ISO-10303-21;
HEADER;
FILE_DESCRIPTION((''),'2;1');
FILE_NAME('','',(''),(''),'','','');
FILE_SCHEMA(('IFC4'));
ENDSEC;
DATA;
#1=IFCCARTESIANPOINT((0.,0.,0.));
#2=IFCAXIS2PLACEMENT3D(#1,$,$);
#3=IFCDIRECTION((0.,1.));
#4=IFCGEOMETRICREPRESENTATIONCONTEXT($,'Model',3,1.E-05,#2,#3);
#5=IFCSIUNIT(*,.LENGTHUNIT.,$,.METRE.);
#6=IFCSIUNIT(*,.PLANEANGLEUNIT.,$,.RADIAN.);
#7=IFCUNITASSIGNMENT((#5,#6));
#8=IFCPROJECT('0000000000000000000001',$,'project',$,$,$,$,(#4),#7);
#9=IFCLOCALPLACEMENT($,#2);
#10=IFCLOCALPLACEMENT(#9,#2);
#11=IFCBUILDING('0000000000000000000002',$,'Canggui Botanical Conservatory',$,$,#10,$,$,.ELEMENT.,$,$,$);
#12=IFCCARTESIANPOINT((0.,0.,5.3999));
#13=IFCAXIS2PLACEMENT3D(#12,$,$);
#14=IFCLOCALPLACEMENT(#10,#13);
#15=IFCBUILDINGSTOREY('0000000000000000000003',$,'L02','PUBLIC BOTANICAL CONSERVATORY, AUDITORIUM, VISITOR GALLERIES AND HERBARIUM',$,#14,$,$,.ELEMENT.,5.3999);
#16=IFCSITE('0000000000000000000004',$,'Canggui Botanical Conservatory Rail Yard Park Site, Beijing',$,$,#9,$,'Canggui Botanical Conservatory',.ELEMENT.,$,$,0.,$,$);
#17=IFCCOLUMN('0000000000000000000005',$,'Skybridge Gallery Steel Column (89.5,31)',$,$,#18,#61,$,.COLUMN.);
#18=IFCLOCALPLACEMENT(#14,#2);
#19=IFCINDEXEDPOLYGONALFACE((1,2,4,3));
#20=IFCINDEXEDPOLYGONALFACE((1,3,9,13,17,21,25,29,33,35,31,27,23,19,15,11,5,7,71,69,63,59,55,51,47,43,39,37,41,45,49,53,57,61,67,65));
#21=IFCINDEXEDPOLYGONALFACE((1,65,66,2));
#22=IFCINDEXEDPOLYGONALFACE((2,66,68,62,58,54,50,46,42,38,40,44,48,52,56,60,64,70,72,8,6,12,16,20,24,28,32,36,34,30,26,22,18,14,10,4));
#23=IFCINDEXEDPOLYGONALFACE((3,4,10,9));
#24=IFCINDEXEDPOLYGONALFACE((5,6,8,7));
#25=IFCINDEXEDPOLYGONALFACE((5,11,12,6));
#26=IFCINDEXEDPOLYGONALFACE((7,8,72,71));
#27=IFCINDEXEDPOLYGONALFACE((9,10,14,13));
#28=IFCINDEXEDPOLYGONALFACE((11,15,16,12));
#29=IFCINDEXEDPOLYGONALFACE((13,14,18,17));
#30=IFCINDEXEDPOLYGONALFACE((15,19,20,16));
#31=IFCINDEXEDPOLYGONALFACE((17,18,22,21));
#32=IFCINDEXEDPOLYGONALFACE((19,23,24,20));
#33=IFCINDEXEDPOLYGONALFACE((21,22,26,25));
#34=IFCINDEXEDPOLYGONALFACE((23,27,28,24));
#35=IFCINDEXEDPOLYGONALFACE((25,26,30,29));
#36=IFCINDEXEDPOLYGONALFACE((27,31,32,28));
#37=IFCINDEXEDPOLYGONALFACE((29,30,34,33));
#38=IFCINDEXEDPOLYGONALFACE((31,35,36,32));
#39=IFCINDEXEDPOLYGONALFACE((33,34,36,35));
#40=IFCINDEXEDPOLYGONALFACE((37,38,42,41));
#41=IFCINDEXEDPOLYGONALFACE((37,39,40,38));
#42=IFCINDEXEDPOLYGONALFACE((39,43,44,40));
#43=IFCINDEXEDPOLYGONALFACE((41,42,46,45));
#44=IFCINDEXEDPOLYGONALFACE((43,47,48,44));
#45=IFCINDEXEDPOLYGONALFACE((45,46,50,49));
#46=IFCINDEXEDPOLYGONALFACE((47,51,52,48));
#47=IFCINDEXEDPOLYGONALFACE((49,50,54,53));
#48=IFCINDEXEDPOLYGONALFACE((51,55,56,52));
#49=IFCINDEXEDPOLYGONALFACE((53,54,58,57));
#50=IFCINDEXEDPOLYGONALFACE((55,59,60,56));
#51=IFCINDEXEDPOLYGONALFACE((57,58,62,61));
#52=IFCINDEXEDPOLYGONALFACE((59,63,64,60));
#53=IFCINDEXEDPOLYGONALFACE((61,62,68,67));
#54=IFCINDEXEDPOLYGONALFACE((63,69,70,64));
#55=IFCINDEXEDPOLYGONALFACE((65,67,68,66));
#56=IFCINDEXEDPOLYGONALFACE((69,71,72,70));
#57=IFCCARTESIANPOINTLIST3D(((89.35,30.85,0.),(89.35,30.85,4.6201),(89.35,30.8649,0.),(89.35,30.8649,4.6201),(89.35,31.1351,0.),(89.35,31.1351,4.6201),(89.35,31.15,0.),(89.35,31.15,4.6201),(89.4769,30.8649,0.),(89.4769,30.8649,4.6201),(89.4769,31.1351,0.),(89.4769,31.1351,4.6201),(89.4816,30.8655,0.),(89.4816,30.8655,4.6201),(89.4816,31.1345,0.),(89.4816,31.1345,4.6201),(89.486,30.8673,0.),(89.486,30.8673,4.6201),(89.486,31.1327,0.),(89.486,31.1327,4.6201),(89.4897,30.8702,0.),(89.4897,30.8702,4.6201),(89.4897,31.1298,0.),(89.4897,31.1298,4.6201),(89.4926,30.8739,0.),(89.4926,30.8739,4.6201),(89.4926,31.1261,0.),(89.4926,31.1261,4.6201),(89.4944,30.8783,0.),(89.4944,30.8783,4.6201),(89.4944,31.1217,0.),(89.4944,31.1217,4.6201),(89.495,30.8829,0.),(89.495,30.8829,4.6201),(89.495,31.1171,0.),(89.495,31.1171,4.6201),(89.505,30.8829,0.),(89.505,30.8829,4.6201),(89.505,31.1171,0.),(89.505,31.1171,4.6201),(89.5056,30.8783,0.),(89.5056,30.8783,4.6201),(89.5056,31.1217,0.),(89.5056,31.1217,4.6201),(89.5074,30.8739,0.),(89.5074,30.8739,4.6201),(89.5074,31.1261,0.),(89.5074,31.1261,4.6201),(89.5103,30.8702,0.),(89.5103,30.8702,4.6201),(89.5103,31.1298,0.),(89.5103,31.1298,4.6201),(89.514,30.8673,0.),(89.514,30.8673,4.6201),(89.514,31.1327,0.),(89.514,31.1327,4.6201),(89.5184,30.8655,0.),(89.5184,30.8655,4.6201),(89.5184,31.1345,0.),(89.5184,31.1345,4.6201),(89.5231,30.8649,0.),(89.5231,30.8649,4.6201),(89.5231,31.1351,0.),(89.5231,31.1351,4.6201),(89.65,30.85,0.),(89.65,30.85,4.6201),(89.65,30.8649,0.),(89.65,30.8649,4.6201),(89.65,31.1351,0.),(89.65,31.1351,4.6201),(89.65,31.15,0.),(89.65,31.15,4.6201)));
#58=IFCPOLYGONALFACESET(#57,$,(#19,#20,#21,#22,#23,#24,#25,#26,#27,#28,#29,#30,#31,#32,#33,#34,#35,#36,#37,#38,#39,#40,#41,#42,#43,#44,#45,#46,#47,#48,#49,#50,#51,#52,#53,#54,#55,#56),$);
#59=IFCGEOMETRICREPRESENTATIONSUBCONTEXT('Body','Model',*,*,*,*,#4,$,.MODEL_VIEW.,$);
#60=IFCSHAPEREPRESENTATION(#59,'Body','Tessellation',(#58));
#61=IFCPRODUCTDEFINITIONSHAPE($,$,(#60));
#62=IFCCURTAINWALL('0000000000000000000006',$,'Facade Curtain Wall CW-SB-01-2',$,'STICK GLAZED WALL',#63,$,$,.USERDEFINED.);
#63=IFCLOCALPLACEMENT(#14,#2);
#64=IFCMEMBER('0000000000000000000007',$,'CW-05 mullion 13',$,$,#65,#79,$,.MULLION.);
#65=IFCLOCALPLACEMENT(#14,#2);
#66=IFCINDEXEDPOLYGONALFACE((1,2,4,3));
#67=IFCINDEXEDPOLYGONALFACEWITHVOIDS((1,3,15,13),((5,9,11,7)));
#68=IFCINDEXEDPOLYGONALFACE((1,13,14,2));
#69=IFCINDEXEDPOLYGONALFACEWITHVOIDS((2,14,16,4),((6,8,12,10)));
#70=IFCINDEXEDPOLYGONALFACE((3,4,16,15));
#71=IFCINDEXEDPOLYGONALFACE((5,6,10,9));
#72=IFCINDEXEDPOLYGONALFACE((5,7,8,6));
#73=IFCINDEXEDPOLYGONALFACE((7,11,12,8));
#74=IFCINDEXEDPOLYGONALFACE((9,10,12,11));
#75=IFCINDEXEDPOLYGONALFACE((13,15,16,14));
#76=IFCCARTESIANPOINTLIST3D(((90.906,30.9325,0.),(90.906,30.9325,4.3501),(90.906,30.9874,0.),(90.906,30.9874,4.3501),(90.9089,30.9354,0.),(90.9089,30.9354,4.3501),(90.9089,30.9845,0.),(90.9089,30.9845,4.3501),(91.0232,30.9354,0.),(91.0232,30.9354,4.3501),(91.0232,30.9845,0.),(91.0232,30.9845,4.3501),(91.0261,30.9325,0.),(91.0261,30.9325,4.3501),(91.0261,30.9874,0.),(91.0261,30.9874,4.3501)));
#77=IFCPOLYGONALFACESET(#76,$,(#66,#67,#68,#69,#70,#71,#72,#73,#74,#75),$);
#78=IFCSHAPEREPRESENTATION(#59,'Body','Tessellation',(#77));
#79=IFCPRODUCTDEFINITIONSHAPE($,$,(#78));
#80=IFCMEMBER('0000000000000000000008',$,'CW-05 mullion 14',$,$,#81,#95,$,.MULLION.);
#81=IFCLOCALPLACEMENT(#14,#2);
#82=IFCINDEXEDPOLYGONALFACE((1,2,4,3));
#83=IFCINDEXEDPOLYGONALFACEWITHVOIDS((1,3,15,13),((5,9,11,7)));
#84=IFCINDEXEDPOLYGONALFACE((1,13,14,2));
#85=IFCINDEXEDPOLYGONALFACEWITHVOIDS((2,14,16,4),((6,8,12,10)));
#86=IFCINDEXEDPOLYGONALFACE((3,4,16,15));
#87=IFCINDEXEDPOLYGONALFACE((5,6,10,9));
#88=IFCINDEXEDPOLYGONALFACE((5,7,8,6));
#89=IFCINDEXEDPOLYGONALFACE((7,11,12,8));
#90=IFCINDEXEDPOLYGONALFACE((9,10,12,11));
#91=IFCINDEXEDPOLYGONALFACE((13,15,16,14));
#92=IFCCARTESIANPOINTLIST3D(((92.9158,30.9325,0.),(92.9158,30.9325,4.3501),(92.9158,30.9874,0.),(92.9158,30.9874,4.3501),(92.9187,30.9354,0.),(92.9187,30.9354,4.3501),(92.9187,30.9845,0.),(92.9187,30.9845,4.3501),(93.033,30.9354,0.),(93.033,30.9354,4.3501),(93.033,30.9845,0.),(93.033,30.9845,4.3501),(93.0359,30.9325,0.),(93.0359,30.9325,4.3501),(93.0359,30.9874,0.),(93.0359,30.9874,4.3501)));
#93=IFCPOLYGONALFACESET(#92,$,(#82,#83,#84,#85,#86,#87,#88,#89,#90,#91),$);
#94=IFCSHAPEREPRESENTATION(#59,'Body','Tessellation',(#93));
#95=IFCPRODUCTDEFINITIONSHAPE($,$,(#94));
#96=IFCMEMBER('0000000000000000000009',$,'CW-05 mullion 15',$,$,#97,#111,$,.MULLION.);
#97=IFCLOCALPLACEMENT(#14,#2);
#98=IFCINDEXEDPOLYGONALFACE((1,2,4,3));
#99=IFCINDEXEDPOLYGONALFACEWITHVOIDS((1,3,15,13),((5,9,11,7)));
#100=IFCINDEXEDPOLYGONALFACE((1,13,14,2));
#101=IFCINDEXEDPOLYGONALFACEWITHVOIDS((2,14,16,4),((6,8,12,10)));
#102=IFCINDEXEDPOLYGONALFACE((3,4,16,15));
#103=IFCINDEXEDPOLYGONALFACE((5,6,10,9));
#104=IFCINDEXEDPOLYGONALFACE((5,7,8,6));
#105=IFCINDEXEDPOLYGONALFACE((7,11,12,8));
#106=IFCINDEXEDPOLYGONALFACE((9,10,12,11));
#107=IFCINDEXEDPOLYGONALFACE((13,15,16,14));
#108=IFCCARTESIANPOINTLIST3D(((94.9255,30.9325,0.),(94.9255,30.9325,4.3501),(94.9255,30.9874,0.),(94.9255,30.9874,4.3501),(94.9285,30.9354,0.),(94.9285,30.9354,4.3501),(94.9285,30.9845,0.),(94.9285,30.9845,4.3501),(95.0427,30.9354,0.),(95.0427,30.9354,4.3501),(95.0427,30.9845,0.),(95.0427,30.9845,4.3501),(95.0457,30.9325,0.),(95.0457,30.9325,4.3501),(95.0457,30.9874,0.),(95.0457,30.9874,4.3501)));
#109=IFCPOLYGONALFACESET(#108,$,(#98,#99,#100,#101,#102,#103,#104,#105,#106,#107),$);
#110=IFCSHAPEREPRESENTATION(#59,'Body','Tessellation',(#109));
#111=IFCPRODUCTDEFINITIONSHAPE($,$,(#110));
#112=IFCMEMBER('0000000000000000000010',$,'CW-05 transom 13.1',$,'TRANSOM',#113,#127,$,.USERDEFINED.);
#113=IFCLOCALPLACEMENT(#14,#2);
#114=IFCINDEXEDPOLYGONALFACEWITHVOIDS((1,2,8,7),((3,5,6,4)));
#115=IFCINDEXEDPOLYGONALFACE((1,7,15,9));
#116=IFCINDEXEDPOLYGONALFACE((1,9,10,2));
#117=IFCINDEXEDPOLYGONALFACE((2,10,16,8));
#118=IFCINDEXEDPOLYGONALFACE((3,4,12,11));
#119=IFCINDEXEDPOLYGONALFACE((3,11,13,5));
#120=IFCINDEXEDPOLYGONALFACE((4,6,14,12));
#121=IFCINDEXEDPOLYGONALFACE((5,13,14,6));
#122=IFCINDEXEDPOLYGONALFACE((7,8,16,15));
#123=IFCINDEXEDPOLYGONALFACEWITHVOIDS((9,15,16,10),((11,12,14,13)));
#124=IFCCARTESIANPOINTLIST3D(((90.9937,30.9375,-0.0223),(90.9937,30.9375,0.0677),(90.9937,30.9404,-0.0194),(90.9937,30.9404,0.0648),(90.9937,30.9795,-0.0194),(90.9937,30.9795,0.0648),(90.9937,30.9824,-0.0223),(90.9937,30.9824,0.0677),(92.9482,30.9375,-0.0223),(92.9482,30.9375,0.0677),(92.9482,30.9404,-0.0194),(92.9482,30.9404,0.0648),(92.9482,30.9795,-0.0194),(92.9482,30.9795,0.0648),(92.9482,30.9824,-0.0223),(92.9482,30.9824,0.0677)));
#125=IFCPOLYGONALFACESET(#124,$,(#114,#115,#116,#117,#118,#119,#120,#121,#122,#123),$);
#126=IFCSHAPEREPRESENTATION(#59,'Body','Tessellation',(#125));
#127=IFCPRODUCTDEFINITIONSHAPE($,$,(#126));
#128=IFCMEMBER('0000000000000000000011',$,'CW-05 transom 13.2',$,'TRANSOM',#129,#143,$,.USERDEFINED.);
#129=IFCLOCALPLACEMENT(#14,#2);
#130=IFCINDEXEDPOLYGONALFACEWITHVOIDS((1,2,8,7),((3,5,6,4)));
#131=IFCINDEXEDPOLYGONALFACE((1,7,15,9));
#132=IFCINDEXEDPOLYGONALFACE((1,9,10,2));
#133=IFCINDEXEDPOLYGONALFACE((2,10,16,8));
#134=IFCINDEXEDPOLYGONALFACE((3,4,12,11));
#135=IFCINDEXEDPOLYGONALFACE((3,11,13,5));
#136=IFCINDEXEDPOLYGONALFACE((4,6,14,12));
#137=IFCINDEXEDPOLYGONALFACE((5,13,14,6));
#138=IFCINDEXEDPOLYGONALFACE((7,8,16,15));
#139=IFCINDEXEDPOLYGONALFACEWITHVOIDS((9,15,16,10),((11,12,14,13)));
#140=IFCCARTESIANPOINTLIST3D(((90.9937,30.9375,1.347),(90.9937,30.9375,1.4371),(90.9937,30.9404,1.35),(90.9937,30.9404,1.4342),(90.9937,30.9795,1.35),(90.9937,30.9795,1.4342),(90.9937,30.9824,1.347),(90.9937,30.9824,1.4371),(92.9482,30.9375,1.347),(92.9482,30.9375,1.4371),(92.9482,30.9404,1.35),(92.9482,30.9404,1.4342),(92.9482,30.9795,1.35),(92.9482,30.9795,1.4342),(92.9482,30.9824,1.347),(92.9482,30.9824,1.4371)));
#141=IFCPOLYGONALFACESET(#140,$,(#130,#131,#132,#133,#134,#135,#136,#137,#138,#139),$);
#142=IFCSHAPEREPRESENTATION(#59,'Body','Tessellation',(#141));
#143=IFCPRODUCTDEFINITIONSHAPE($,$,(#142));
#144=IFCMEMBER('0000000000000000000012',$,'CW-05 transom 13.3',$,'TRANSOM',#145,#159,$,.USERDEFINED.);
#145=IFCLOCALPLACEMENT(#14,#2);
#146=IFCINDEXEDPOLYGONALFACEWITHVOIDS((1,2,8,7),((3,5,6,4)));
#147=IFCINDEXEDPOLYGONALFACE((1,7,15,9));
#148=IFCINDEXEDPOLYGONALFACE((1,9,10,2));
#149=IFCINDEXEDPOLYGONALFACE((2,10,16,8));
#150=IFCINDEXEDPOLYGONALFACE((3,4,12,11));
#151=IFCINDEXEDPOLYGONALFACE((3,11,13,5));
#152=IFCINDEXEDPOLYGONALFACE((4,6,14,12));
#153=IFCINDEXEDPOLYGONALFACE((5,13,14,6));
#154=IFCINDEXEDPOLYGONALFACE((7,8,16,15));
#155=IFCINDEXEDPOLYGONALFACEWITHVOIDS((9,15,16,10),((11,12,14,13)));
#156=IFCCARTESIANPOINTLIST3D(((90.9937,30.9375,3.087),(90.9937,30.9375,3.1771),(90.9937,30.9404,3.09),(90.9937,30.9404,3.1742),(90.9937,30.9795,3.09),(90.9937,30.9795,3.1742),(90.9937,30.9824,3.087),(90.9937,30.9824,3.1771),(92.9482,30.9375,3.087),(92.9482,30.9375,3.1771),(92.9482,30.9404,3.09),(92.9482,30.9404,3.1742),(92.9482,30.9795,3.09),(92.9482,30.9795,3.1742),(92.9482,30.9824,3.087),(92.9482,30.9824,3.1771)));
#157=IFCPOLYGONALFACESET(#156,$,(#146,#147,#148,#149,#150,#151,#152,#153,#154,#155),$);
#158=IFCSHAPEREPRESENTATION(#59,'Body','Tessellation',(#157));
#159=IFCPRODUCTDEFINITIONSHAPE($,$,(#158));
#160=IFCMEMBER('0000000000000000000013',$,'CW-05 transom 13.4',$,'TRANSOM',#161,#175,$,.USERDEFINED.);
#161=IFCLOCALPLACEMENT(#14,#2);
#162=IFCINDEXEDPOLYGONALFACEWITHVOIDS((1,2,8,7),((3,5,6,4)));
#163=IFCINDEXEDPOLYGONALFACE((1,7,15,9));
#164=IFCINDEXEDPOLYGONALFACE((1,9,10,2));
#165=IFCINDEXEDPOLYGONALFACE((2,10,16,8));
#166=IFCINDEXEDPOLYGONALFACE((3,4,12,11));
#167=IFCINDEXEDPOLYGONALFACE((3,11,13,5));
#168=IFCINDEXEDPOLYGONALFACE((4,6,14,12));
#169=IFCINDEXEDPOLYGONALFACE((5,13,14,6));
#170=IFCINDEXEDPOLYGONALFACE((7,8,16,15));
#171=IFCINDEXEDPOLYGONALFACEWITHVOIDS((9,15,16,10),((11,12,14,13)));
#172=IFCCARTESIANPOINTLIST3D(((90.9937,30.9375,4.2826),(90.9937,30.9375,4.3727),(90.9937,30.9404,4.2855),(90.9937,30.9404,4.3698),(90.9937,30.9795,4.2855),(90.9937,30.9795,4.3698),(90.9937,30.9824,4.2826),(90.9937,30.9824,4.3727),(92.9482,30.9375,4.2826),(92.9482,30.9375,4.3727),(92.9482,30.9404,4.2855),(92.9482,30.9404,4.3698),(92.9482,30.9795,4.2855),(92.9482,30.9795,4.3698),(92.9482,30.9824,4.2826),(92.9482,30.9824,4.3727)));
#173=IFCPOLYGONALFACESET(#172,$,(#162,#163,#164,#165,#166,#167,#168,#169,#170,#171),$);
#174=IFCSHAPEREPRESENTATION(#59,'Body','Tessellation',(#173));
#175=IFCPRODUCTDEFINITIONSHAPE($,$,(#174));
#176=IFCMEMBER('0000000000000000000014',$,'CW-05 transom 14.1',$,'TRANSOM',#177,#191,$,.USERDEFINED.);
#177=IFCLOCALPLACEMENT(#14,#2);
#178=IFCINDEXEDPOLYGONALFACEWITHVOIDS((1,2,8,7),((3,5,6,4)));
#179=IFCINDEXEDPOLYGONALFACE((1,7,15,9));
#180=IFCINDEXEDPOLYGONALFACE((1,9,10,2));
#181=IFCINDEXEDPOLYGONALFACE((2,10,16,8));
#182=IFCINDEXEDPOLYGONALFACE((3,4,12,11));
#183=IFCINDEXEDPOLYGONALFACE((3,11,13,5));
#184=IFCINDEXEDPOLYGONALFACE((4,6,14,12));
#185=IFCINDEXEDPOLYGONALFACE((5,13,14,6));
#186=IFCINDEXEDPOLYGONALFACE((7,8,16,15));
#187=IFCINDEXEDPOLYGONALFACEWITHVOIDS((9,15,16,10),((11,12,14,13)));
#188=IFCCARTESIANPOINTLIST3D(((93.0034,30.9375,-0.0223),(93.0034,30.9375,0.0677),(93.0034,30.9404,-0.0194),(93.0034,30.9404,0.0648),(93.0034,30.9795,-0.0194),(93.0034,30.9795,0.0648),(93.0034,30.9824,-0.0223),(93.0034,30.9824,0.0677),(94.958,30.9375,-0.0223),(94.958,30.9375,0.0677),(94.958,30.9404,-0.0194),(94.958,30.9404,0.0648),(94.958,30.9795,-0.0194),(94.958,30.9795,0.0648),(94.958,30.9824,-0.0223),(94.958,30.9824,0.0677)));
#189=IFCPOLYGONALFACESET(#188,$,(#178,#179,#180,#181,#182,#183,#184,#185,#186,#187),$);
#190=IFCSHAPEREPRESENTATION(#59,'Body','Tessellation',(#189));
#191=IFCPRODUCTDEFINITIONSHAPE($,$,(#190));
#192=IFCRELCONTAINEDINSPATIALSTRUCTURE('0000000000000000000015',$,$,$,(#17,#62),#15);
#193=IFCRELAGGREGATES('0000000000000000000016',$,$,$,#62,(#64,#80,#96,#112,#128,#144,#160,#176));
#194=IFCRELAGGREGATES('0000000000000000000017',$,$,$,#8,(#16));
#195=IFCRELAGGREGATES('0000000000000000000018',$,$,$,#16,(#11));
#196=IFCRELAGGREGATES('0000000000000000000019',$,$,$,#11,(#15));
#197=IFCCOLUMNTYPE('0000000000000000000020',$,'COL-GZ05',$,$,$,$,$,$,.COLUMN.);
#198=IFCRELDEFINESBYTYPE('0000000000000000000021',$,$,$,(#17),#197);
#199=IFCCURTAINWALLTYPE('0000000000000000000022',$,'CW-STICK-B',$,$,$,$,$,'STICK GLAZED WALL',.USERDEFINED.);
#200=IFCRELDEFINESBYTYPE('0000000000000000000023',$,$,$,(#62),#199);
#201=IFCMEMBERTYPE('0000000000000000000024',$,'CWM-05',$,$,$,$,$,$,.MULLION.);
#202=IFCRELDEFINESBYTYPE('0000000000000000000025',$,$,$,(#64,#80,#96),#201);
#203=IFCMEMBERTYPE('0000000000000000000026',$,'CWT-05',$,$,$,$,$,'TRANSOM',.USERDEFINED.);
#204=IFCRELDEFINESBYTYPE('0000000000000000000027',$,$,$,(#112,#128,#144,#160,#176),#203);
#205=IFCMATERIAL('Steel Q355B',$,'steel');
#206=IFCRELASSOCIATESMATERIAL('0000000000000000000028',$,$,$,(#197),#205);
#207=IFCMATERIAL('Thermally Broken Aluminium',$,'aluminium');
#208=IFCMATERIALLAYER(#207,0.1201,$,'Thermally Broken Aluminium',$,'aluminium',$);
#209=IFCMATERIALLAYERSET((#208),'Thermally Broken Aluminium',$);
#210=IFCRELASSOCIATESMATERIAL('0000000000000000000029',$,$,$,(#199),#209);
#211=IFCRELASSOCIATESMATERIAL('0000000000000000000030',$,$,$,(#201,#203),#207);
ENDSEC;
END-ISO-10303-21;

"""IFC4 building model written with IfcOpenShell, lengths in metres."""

from ifc_helpers import new_model, si_unit, direction, frame, origin, origin_2d, place, context, subcontext, project, spatial, hollow_rectangle, i_section, extrude, material, layer, layer_set, material_profile, profile_set, type_object, element, aggregate, save


model = new_model("IFC4")

# Units and contexts
model_context = context("Model", 3, precision=1e-05, world=origin(), true_north=direction((0.0, 1.0)))
body_context = subcontext(model_context, "Body", "Model", "MODEL_VIEW")
ifc_project = project(units=[si_unit("LENGTHUNIT", "METRE"), si_unit("PLANEANGLEUNIT", "RADIAN")], contexts=[model_context])

# Site, building, storey
site_placement = place(None, origin())
site = spatial("IfcSite", under=ifc_project, at=site_placement, Name="Canggui Botanical Conservatory Rail Yard Park Site, Beijing", LongName="Canggui Botanical Conservatory", CompositionType="ELEMENT", RefElevation=0.0)
building_placement = place(site_placement, origin())
building = spatial("IfcBuilding", under=site, at=building_placement, Name="Canggui Botanical Conservatory", CompositionType="ELEMENT")
storey_placement = place(building_placement, frame((0.0, 0.0, 5.3999)))
storey = spatial("IfcBuildingStorey", under=building, at=storey_placement, Name="L02", Description="PUBLIC BOTANICAL CONSERVATORY, AUDITORIUM, VISITOR GALLERIES AND HERBARIUM", CompositionType="ELEMENT", Elevation=5.3999)

# Column
ifc_material_1 = material(Name="Steel Q355B", Category="steel")
ifc_material_profile_1 = material_profile(ifc_material_1, i_section(OverallWidth=0.3, OverallDepth=0.3, WebThickness=0.01, FlangeThickness=0.0149, FilletRadius=0.0181, at=origin_2d()), Name="HW 300x300x10x15")
ifc_profile_set_1 = profile_set([ifc_material_profile_1], Name="Steel Q355B")
column_type = type_object("IfcColumnType", Name="COL-GZ05", PredefinedType="COLUMN", material=ifc_profile_set_1)
column_placement = place(storey_placement, frame((89.5, 31.0, 0.0), z_axis=(0.0, 0.0, 1.0), x_axis=(1.0, 0.0, 0.0)))
element("IfcColumn", 1, at=column_placement, inside=storey, type_object=column_type, Name="Skybridge Gallery Steel Column (89.5,31)", PredefinedType="COLUMN", context=body_context, shape_type="SweptSolid", body=[
    extrude(i_section(OverallWidth=0.3, OverallDepth=0.3, WebThickness=0.01, FlangeThickness=0.0149, FilletRadius=0.0181, at=origin_2d()), origin(), (0.0, 0.0, 1.0), 4.6201),
])

# Curtain wall, members
ifc_material_2 = material(Name="Thermally Broken Aluminium", Category="aluminium")
ifc_layer_1 = layer(ifc_material_2, 0.1201, Name="Thermally Broken Aluminium", Category="aluminium")
ifc_layer_set_1 = layer_set([ifc_layer_1], Name="Thermally Broken Aluminium")
curtain_wall_type = type_object("IfcCurtainWallType", Name="CW-STICK-B", ElementType="STICK GLAZED WALL", PredefinedType="USERDEFINED", material=ifc_layer_set_1)
curtain_wall_placement = place(storey_placement, origin())
curtain_wall = element("IfcCurtainWall", 2, at=curtain_wall_placement, inside=storey, type_object=curtain_wall_type, Name="Facade Curtain Wall CW-SB-01-2", ObjectType="STICK GLAZED WALL", PredefinedType="USERDEFINED")
ifc_material_profile_2 = material_profile(ifc_material_2, hollow_rectangle(XDim=0.0549, YDim=0.1201, WallThickness=0.0029, at=origin_2d()), Name="CWM 55x120x3")
ifc_profile_set_2 = profile_set([ifc_material_profile_2], Name="Thermally Broken Aluminium")
member_type_1 = type_object("IfcMemberType", Name="CWM-05", PredefinedType="MULLION", material=ifc_profile_set_2)
member_1_placement = place(storey_placement, frame((90.9661, 30.96, 0.0), z_axis=(0.0, 0.0, 1.0), x_axis=(0.0, 1.0, 0.0)))
member_1 = element("IfcMember", 3, at=member_1_placement, type_object=member_type_1, Name="CW-05 mullion 13", PredefinedType="MULLION", context=body_context, shape_type="SweptSolid", body=[
    extrude(hollow_rectangle(XDim=0.0549, YDim=0.1201, WallThickness=0.0029, at=origin_2d()), origin(), (0.0, 0.0, 1.0), 4.3501),
])
member_2_placement = place(storey_placement, frame((92.9758, 30.96, 0.0), z_axis=(0.0, 0.0, 1.0), x_axis=(0.0, 1.0, 0.0)))
member_2 = element("IfcMember", 4, at=member_2_placement, type_object=member_type_1, Name="CW-05 mullion 14", PredefinedType="MULLION", context=body_context, shape_type="SweptSolid", body=[
    extrude(hollow_rectangle(XDim=0.0549, YDim=0.1201, WallThickness=0.0029, at=origin_2d()), origin(), (0.0, 0.0, 1.0), 4.3501),
])
member_3_placement = place(storey_placement, frame((94.9856, 30.96, 0.0), z_axis=(0.0, 0.0, 1.0), x_axis=(0.0, 1.0, 0.0)))
member_3 = element("IfcMember", 5, at=member_3_placement, type_object=member_type_1, Name="CW-05 mullion 15", PredefinedType="MULLION", context=body_context, shape_type="SweptSolid", body=[
    extrude(hollow_rectangle(XDim=0.0549, YDim=0.1201, WallThickness=0.0029, at=origin_2d()), origin(), (0.0, 0.0, 1.0), 4.3501),
])
ifc_material_profile_3 = material_profile(ifc_material_2, hollow_rectangle(XDim=0.0449, YDim=0.0901, WallThickness=0.0029, at=origin_2d()), Name="CWT 45x90x3")
ifc_profile_set_3 = profile_set([ifc_material_profile_3], Name="Thermally Broken Aluminium")
member_type_2 = type_object("IfcMemberType", Name="CWT-05", ElementType="TRANSOM", PredefinedType="USERDEFINED", material=ifc_profile_set_3)
member_4_placement = place(storey_placement, frame((90.9937, 30.96, 0.0227), z_axis=(1.0, 0.0, 0.0), x_axis=(0.0, 1.0, 0.0)))
member_4 = element("IfcMember", 6, at=member_4_placement, type_object=member_type_2, Name="CW-05 transom 13.1", ObjectType="TRANSOM", PredefinedType="USERDEFINED", context=body_context, shape_type="SweptSolid", body=[
    extrude(hollow_rectangle(XDim=0.0449, YDim=0.0901, WallThickness=0.0029, at=origin_2d()), origin(), (0.0, 0.0, 1.0), 1.9546),
])
member_5_placement = place(storey_placement, frame((90.9937, 30.96, 1.3921), z_axis=(1.0, 0.0, 0.0), x_axis=(0.0, 1.0, 0.0)))
member_5 = element("IfcMember", 7, at=member_5_placement, type_object=member_type_2, Name="CW-05 transom 13.2", ObjectType="TRANSOM", PredefinedType="USERDEFINED", context=body_context, shape_type="SweptSolid", body=[
    extrude(hollow_rectangle(XDim=0.0449, YDim=0.0901, WallThickness=0.0029, at=origin_2d()), origin(), (0.0, 0.0, 1.0), 1.9546),
])
member_6_placement = place(storey_placement, frame((90.9937, 30.96, 3.1321), z_axis=(1.0, 0.0, 0.0), x_axis=(0.0, 1.0, 0.0)))
member_6 = element("IfcMember", 8, at=member_6_placement, type_object=member_type_2, Name="CW-05 transom 13.3", ObjectType="TRANSOM", PredefinedType="USERDEFINED", context=body_context, shape_type="SweptSolid", body=[
    extrude(hollow_rectangle(XDim=0.0449, YDim=0.0901, WallThickness=0.0029, at=origin_2d()), origin(), (0.0, 0.0, 1.0), 1.9546),
])
member_7_placement = place(storey_placement, frame((90.9937, 30.96, 4.3276), z_axis=(1.0, 0.0, 0.0), x_axis=(0.0, 1.0, 0.0)))
member_7 = element("IfcMember", 9, at=member_7_placement, type_object=member_type_2, Name="CW-05 transom 13.4", ObjectType="TRANSOM", PredefinedType="USERDEFINED", context=body_context, shape_type="SweptSolid", body=[
    extrude(hollow_rectangle(XDim=0.0449, YDim=0.0901, WallThickness=0.0029, at=origin_2d()), origin(), (0.0, 0.0, 1.0), 1.9546),
])
member_8_placement = place(storey_placement, frame((93.0034, 30.96, 0.0227), z_axis=(1.0, 0.0, 0.0), x_axis=(0.0, 1.0, 0.0)))
member_8 = element("IfcMember", 10, at=member_8_placement, type_object=member_type_2, Name="CW-05 transom 14.1", ObjectType="TRANSOM", PredefinedType="USERDEFINED", context=body_context, shape_type="SweptSolid", body=[
    extrude(hollow_rectangle(XDim=0.0449, YDim=0.0901, WallThickness=0.0029, at=origin_2d()), origin(), (0.0, 0.0, 1.0), 1.9546),
])

aggregate(curtain_wall, [member_1, member_2, member_3, member_4, member_5, member_6, member_7, member_8])

save(model, "model.ifc")
